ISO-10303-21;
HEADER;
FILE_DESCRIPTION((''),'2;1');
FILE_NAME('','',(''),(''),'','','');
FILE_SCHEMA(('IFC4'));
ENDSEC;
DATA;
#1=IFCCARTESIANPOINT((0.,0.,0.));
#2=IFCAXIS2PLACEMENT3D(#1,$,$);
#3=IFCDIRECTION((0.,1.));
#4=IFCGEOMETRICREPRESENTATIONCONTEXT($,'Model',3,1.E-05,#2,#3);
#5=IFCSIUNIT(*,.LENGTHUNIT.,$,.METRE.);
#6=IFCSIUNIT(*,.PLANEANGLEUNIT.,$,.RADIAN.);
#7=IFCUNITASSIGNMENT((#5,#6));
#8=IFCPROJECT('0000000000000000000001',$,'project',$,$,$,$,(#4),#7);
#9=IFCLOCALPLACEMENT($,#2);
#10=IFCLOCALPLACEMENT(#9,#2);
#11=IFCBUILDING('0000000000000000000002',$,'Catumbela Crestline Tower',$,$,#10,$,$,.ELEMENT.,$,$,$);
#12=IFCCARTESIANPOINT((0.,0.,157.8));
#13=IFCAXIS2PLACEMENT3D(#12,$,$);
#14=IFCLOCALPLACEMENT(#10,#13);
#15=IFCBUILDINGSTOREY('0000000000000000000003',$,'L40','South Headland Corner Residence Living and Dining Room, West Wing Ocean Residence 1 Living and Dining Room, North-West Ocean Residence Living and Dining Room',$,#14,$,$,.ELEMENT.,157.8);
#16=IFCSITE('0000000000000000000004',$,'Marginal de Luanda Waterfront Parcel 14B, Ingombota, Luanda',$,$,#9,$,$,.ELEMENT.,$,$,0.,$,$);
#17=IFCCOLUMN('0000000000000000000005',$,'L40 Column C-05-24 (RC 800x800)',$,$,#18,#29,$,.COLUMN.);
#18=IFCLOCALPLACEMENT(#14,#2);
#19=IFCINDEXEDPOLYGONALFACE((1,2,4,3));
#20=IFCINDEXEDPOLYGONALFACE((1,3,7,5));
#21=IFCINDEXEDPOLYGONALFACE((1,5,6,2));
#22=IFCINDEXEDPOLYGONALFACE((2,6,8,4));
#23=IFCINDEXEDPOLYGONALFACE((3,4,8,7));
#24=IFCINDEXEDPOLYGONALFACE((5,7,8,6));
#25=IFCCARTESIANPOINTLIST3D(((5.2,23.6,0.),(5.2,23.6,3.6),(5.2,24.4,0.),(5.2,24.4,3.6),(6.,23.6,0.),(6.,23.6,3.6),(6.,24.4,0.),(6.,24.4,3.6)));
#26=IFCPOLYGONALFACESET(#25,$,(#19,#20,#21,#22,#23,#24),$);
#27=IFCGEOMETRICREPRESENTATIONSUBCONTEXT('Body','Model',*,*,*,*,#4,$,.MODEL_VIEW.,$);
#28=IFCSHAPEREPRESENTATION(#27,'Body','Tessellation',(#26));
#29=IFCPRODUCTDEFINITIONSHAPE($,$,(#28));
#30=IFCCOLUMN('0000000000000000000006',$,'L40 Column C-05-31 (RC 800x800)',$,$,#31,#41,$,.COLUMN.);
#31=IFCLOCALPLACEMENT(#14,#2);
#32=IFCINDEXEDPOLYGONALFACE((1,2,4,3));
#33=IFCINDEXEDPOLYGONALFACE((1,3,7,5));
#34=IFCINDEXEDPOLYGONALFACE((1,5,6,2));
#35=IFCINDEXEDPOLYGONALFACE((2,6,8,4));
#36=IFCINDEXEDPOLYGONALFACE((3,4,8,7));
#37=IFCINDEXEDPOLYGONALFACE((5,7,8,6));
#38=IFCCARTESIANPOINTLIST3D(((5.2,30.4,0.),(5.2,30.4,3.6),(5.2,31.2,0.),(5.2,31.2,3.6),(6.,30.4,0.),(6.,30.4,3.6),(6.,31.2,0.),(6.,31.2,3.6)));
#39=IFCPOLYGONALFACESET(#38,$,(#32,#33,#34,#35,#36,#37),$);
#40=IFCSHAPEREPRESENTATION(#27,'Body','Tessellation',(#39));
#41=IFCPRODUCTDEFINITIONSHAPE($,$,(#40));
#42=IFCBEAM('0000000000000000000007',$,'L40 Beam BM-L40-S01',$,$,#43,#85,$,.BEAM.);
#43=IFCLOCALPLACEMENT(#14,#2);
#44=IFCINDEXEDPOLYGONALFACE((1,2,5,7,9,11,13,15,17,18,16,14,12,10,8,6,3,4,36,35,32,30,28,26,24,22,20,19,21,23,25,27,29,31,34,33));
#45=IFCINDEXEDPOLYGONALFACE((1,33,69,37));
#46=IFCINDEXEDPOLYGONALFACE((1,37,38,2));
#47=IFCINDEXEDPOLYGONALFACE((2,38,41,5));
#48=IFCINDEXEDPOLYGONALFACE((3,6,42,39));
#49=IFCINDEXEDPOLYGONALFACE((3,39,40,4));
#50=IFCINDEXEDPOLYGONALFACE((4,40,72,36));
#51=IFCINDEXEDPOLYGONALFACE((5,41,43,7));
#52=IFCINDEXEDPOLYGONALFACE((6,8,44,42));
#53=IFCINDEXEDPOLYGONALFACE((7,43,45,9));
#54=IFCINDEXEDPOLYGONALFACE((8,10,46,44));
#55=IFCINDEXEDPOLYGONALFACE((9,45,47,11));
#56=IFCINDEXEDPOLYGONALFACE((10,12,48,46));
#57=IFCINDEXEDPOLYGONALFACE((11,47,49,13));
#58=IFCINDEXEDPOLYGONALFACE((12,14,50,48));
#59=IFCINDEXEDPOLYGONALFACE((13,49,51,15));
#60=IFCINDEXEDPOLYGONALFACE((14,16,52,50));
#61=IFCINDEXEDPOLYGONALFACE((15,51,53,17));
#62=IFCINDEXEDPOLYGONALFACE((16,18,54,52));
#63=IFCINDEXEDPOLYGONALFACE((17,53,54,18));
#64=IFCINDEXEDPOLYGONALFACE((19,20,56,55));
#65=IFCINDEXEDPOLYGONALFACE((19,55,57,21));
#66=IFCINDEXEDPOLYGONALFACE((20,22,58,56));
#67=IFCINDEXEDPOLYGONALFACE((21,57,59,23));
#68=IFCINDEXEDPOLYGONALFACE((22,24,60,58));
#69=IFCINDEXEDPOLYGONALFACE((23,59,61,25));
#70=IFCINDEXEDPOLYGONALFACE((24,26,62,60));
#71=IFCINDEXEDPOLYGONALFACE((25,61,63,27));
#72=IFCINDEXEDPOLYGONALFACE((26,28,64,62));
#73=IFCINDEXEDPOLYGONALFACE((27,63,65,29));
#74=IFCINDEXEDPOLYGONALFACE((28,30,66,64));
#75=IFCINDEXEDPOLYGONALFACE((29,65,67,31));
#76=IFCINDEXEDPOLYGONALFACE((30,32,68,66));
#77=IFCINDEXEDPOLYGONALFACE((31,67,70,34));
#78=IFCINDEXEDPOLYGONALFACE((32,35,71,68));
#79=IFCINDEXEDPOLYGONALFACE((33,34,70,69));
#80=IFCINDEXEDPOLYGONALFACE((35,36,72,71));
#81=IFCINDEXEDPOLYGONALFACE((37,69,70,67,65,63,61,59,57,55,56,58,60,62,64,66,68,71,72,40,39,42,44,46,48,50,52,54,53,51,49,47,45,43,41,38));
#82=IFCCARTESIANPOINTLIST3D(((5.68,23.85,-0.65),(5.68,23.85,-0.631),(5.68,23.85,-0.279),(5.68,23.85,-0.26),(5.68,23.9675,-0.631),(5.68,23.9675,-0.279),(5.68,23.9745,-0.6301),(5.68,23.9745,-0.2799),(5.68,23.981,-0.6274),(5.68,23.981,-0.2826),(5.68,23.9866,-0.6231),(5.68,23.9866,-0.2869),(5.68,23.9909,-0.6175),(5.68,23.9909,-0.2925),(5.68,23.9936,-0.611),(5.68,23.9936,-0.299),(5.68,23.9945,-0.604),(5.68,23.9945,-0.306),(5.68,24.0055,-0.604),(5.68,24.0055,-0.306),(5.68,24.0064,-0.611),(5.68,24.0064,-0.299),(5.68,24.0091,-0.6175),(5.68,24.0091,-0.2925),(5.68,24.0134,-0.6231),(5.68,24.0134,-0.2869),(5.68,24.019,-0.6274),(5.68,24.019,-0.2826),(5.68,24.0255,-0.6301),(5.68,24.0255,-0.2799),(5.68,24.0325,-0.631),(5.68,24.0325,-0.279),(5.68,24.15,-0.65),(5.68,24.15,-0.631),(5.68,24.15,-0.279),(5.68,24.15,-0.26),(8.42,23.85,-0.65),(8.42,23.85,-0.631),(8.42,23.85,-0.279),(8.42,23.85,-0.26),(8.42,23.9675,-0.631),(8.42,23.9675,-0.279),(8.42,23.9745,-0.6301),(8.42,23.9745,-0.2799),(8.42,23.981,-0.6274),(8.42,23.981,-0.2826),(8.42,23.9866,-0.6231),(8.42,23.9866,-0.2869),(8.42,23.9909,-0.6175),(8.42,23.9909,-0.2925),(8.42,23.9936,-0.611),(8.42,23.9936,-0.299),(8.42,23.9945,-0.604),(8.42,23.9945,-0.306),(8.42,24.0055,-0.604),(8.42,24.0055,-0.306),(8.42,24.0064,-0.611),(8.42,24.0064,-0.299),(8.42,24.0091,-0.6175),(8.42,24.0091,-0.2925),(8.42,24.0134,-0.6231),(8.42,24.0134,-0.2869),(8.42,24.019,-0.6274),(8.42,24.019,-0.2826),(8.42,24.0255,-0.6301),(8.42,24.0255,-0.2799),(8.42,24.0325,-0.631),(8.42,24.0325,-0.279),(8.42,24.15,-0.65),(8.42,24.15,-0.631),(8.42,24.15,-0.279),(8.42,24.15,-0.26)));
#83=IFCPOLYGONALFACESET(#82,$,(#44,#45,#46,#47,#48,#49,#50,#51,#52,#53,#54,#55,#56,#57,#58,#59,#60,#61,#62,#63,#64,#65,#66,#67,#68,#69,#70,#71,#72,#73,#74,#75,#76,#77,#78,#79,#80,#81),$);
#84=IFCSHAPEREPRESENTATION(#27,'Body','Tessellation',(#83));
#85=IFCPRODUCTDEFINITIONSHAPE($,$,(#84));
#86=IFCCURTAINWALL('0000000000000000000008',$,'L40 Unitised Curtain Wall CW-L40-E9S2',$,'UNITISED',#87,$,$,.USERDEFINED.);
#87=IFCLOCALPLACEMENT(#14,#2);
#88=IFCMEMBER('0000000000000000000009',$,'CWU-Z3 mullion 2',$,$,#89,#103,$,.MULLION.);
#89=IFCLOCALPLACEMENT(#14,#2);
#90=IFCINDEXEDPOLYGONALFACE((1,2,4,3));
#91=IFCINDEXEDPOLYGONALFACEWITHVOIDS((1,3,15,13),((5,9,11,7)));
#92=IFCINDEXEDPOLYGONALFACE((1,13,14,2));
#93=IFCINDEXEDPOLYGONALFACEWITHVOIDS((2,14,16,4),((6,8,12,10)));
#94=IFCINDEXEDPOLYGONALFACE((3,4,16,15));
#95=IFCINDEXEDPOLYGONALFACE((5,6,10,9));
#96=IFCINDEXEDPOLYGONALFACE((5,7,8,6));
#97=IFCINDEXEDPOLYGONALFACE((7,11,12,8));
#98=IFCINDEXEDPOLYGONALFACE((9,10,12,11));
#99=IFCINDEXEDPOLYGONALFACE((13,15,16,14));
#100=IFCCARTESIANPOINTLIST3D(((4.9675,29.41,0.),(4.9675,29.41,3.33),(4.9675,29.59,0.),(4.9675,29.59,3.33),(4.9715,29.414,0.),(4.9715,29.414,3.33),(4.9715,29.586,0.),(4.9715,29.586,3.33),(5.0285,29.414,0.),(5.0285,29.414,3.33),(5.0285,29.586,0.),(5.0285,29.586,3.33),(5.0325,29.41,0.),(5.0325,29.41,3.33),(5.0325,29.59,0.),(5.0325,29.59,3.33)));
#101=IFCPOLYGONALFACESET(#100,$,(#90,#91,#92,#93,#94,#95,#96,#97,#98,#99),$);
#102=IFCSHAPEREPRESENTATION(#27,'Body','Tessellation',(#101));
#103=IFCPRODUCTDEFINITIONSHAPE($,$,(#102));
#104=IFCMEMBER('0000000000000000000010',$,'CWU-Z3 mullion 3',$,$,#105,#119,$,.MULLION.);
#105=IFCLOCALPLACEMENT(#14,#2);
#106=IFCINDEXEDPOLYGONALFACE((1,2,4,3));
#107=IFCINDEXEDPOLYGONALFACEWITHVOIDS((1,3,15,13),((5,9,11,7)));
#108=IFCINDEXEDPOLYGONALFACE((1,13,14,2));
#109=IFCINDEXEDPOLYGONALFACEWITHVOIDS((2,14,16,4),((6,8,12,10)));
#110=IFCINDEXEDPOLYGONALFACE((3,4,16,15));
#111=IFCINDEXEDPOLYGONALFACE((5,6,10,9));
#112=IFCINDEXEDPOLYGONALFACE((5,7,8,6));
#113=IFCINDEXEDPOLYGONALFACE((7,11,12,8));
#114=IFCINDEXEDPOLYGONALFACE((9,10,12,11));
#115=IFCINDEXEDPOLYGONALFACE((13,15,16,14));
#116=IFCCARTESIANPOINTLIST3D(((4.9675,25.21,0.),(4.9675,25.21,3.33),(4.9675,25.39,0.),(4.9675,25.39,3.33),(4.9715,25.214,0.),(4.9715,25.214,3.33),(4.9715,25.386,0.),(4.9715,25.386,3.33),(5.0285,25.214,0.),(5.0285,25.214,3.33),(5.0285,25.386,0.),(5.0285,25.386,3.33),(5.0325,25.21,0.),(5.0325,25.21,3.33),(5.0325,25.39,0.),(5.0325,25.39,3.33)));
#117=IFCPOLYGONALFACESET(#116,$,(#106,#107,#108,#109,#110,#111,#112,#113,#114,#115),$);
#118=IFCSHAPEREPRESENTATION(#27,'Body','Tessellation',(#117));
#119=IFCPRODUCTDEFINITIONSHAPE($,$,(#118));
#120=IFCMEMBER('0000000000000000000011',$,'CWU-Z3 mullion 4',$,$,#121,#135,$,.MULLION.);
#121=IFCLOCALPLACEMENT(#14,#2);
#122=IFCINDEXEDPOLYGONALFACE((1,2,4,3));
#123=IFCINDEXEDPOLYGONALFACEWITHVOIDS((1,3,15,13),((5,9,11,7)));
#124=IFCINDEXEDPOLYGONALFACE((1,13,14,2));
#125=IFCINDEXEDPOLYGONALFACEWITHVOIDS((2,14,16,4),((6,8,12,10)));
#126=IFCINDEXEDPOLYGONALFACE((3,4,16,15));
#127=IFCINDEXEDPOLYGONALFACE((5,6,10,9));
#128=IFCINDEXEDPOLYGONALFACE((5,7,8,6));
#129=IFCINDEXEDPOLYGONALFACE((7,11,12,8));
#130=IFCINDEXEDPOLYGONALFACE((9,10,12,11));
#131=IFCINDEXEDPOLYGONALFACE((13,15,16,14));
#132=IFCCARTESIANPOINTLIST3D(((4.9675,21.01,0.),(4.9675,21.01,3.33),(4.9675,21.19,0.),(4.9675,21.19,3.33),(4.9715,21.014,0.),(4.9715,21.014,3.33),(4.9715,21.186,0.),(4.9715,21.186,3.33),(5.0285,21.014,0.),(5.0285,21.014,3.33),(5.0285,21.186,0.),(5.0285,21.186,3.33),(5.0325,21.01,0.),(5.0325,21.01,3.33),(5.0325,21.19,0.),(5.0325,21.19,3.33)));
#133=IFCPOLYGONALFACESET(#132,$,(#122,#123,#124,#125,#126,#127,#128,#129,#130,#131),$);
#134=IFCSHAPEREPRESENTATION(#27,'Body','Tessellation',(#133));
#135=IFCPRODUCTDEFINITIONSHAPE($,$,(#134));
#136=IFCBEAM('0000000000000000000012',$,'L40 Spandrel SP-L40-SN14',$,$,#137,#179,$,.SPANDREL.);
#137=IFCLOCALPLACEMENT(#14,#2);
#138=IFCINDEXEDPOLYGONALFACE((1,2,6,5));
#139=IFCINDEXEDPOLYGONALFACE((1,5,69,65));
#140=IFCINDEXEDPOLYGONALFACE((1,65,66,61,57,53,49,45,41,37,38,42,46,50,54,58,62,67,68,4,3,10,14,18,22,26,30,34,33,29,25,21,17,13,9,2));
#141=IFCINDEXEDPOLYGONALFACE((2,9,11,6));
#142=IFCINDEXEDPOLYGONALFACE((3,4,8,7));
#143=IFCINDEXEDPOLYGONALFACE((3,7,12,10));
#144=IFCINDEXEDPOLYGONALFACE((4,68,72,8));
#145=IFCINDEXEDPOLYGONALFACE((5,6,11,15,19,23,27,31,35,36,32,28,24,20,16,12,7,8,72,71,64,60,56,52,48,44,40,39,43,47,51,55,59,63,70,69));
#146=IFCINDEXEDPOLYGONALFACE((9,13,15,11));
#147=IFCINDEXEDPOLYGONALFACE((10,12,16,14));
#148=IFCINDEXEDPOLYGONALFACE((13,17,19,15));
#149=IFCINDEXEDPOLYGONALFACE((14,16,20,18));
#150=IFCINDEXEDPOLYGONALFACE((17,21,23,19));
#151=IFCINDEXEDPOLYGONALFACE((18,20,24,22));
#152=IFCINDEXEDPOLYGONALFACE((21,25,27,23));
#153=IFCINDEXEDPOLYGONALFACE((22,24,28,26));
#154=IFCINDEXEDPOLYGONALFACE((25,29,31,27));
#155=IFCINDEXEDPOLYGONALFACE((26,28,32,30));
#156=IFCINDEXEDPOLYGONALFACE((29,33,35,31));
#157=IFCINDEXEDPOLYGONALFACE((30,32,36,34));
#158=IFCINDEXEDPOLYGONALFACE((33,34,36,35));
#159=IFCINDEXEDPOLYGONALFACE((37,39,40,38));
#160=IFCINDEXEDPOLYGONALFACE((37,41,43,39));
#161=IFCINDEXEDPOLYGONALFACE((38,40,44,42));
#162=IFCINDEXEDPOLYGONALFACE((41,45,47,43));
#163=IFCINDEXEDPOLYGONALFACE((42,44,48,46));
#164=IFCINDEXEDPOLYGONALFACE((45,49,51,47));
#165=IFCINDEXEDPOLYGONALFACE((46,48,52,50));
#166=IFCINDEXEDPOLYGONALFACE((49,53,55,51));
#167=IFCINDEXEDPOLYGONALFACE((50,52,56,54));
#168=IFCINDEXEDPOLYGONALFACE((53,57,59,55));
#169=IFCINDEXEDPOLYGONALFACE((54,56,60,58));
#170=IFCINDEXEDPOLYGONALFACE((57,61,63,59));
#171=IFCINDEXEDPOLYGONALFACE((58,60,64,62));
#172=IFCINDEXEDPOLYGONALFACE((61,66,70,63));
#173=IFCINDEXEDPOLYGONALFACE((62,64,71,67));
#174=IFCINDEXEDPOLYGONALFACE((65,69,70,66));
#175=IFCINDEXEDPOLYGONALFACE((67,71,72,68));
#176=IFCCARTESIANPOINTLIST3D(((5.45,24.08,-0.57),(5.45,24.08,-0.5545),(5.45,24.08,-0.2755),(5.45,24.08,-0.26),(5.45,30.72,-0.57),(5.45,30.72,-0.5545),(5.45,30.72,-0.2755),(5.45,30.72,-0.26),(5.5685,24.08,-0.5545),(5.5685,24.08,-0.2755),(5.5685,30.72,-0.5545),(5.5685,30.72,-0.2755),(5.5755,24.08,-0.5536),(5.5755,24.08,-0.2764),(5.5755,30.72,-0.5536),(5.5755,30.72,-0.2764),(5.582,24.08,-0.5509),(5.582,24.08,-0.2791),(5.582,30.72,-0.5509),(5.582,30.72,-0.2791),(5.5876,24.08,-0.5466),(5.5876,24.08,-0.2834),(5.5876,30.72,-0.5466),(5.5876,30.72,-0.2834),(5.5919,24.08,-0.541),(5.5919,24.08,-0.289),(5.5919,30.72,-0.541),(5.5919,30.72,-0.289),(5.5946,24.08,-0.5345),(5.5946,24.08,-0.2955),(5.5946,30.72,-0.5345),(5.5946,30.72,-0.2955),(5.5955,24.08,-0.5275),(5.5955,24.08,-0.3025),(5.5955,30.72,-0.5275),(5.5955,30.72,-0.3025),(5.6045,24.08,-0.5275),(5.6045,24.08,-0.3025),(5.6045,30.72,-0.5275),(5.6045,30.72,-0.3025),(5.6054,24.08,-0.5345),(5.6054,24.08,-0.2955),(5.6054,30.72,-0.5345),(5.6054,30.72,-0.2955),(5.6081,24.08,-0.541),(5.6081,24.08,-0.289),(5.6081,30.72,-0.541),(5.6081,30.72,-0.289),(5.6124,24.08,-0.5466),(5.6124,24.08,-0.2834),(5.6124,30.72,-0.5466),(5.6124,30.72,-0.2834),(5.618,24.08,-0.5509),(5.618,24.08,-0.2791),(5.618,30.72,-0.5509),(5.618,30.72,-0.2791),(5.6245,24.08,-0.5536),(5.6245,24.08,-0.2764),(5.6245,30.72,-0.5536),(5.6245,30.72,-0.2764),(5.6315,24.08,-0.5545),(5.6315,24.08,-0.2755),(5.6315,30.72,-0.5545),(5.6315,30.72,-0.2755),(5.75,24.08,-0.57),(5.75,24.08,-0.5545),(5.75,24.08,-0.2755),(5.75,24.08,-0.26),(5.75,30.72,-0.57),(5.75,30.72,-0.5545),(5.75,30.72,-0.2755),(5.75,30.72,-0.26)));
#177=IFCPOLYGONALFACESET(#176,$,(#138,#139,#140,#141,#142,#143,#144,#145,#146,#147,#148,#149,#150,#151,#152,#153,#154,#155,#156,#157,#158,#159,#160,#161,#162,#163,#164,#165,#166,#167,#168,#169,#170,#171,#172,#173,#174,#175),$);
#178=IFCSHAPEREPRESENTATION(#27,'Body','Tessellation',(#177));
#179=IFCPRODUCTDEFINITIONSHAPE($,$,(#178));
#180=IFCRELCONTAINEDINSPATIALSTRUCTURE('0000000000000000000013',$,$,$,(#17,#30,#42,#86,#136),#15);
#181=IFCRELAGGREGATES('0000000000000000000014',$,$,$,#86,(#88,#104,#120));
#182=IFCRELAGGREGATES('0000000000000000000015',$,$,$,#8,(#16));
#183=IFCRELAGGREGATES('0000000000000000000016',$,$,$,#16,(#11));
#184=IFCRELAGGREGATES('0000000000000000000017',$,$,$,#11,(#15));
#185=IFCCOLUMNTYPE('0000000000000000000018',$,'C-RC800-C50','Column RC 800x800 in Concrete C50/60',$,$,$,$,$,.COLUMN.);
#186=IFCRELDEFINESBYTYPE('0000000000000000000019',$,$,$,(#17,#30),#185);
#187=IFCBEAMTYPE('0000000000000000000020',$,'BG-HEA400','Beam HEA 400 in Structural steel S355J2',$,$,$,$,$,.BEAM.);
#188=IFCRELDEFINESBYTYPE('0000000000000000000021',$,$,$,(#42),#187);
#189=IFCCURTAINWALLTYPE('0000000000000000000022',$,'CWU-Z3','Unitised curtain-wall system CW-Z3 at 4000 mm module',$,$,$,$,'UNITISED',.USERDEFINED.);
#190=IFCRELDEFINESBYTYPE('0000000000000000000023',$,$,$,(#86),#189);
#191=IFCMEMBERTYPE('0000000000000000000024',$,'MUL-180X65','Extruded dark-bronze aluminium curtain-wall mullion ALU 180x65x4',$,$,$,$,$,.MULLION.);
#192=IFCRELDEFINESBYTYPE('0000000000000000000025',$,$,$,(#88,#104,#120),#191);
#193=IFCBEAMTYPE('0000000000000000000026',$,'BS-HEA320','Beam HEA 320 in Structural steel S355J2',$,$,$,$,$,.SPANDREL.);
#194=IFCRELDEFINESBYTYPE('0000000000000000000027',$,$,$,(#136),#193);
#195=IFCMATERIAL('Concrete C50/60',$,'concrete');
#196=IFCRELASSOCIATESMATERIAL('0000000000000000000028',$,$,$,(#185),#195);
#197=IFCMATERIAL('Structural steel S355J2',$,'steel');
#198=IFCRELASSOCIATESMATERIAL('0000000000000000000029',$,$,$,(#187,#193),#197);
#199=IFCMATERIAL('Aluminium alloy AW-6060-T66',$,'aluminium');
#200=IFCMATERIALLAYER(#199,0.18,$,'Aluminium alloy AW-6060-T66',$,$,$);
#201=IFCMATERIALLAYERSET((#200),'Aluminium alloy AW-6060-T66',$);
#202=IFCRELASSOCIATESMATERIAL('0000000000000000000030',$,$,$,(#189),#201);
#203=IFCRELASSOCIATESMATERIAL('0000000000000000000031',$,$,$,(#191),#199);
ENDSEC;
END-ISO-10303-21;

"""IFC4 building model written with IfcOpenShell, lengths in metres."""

from ifc_helpers import new_model, si_unit, direction, frame, origin, origin_2d, place, context, subcontext, project, spatial, rectangle, hollow_rectangle, i_section, extrude, material, layer, layer_set, material_profile, profile_set, type_object, element, aggregate, save


model = new_model("IFC4")

# Units and contexts
model_context = context("Model", 3, precision=1e-05, world=origin(), true_north=direction((0.0, 1.0)))
body_context = subcontext(model_context, "Body", "Model", "MODEL_VIEW")
ifc_project = project(units=[si_unit("LENGTHUNIT", "METRE"), si_unit("PLANEANGLEUNIT", "RADIAN")], contexts=[model_context])

# Site, building, storey
site_placement = place(None, origin())
site = spatial("IfcSite", under=ifc_project, at=site_placement, Name="Marginal de Luanda Waterfront Parcel 14B, Ingombota, Luanda", CompositionType="ELEMENT", RefElevation=0.0)
building_placement = place(site_placement, origin())
building = spatial("IfcBuilding", under=site, at=building_placement, Name="Catumbela Crestline Tower", CompositionType="ELEMENT")
storey_placement = place(building_placement, frame((0.0, 0.0, 157.8)))
storey = spatial("IfcBuildingStorey", under=building, at=storey_placement, Name="L40", Description="South Headland Corner Residence Living and Dining Room, West Wing Ocean Residence 1 Living and Dining Room, North-West Ocean Residence Living and Dining Room", CompositionType="ELEMENT", Elevation=157.8)

# Columns
ifc_material_1 = material(Name="Concrete C50/60", Category="concrete")
ifc_material_profile_1 = material_profile(ifc_material_1, rectangle(XDim=0.8, YDim=0.8, at=origin_2d()), Name="RC 800x800")
ifc_profile_set_1 = profile_set([ifc_material_profile_1], Name="Concrete C50/60")
column_type = type_object("IfcColumnType", Name="C-RC800-C50", Description="Column RC 800x800 in Concrete C50/60", PredefinedType="COLUMN", material=ifc_profile_set_1)
for number, where, z_axis, x_axis, name in (
    (1, (5.6, 24.0, 0.0), (0.0, 0.0, 1.0), (1.0, 0.0, 0.0), "L40 Column C-05-24 (RC 800x800)"),
    (2, (5.6, 30.8, 0.0), (0.0, 0.0, 1.0), (1.0, 0.0, 0.0), "L40 Column C-05-31 (RC 800x800)"),
):
    element("IfcColumn", number, at=place(storey_placement, frame(where, z_axis=z_axis, x_axis=x_axis)), inside=storey, type_object=column_type, Name=name, PredefinedType="COLUMN", context=body_context, shape_type="SweptSolid", body=[
        extrude(rectangle(XDim=0.8, YDim=0.8, at=origin_2d()), origin(), (0.0, 0.0, 1.0), 3.6),
    ])

# Beam
ifc_material_2 = material(Name="Structural steel S355J2", Category="steel")
ifc_material_profile_2 = material_profile(ifc_material_2, i_section(OverallWidth=0.3, OverallDepth=0.39, WebThickness=0.011, FlangeThickness=0.019, FilletRadius=0.027, at=origin_2d()), Name="HEA 400")
ifc_profile_set_2 = profile_set([ifc_material_profile_2], Name="Structural steel S355J2")
beam_type_1 = type_object("IfcBeamType", Name="BG-HEA400", Description="Beam HEA 400 in Structural steel S355J2", PredefinedType="BEAM", material=ifc_profile_set_2)
beam_1_placement = place(storey_placement, frame((5.68, 24.0, -0.455), z_axis=(1.0, 0.0, 0.0), x_axis=(0.0, 1.0, 0.0)))
element("IfcBeam", 3, at=beam_1_placement, inside=storey, type_object=beam_type_1, Name="L40 Beam BM-L40-S01", PredefinedType="BEAM", context=body_context, shape_type="SweptSolid", body=[
    extrude(i_section(OverallWidth=0.3, OverallDepth=0.39, WebThickness=0.011, FlangeThickness=0.019, FilletRadius=0.027, at=origin_2d()), origin(), (0.0, 0.0, 1.0), 2.74),
])

# Curtain wall, members
ifc_material_3 = material(Name="Aluminium alloy AW-6060-T66", Category="aluminium")
ifc_layer_1 = layer(ifc_material_3, 0.18, Name="Aluminium alloy AW-6060-T66")
ifc_layer_set_1 = layer_set([ifc_layer_1], Name="Aluminium alloy AW-6060-T66")
curtain_wall_type = type_object("IfcCurtainWallType", Name="CWU-Z3", Description="Unitised curtain-wall system CW-Z3 at 4000 mm module", ElementType="UNITISED", PredefinedType="USERDEFINED", material=ifc_layer_set_1)
curtain_wall_placement = place(storey_placement, origin())
curtain_wall = element("IfcCurtainWall", 4, at=curtain_wall_placement, inside=storey, type_object=curtain_wall_type, Name="L40 Unitised Curtain Wall CW-L40-E9S2", ObjectType="UNITISED", PredefinedType="USERDEFINED")
ifc_material_profile_3 = material_profile(ifc_material_3, hollow_rectangle(XDim=0.065, YDim=0.18, WallThickness=0.004, at=origin_2d()), Name="ALU 180x65x4")
ifc_profile_set_3 = profile_set([ifc_material_profile_3], Name="Aluminium alloy AW-6060-T66")
member_type_1 = type_object("IfcMemberType", Name="MUL-180X65", Description="Extruded dark-bronze aluminium curtain-wall mullion ALU 180x65x4", PredefinedType="MULLION", material=ifc_profile_set_3)
member_1_placement = place(storey_placement, frame((5.0, 29.5, 0.0), z_axis=(0.0, 0.0, 1.0), x_axis=(1.0, 0.0, 0.0)))
member_1 = element("IfcMember", 5, at=member_1_placement, type_object=member_type_1, Name="CWU-Z3 mullion 2", PredefinedType="MULLION", context=body_context, shape_type="SweptSolid", body=[
    extrude(hollow_rectangle(XDim=0.065, YDim=0.18, WallThickness=0.004, at=origin_2d()), origin(), (0.0, 0.0, 1.0), 3.33),
])
member_2_placement = place(storey_placement, frame((5.0, 25.3, 0.0), z_axis=(0.0, 0.0, 1.0), x_axis=(1.0, 0.0, 0.0)))
member_2 = element("IfcMember", 6, at=member_2_placement, type_object=member_type_1, Name="CWU-Z3 mullion 3", PredefinedType="MULLION", context=body_context, shape_type="SweptSolid", body=[
    extrude(hollow_rectangle(XDim=0.065, YDim=0.18, WallThickness=0.004, at=origin_2d()), origin(), (0.0, 0.0, 1.0), 3.33),
])
member_3_placement = place(storey_placement, frame((5.0, 21.1, 0.0), z_axis=(0.0, 0.0, 1.0), x_axis=(1.0, 0.0, 0.0)))
member_3 = element("IfcMember", 7, at=member_3_placement, type_object=member_type_1, Name="CWU-Z3 mullion 4", PredefinedType="MULLION", context=body_context, shape_type="SweptSolid", body=[
    extrude(hollow_rectangle(XDim=0.065, YDim=0.18, WallThickness=0.004, at=origin_2d()), origin(), (0.0, 0.0, 1.0), 3.33),
])

# Beam
ifc_material_profile_4 = material_profile(ifc_material_2, i_section(OverallWidth=0.3, OverallDepth=0.31, WebThickness=0.009, FlangeThickness=0.0155, FilletRadius=0.027, at=origin_2d()), Name="HEA 320")
ifc_profile_set_4 = profile_set([ifc_material_profile_4], Name="Structural steel S355J2")
beam_type_2 = type_object("IfcBeamType", Name="BS-HEA320", Description="Beam HEA 320 in Structural steel S355J2", PredefinedType="SPANDREL", material=ifc_profile_set_4)
beam_2_placement = place(storey_placement, frame((5.6, 24.08, -0.415), z_axis=(0.0, 1.0, 0.0), x_axis=(-1.0, 0.0, 0.0)))
element("IfcBeam", 8, at=beam_2_placement, inside=storey, type_object=beam_type_2, Name="L40 Spandrel SP-L40-SN14", PredefinedType="SPANDREL", context=body_context, shape_type="SweptSolid", body=[
    extrude(i_section(OverallWidth=0.3, OverallDepth=0.31, WebThickness=0.009, FlangeThickness=0.0155, FilletRadius=0.027, at=origin_2d()), origin(), (0.0, 0.0, 1.0), 6.64),
])

aggregate(curtain_wall, [member_1, member_2, member_3])

save(model, "model.ifc")
